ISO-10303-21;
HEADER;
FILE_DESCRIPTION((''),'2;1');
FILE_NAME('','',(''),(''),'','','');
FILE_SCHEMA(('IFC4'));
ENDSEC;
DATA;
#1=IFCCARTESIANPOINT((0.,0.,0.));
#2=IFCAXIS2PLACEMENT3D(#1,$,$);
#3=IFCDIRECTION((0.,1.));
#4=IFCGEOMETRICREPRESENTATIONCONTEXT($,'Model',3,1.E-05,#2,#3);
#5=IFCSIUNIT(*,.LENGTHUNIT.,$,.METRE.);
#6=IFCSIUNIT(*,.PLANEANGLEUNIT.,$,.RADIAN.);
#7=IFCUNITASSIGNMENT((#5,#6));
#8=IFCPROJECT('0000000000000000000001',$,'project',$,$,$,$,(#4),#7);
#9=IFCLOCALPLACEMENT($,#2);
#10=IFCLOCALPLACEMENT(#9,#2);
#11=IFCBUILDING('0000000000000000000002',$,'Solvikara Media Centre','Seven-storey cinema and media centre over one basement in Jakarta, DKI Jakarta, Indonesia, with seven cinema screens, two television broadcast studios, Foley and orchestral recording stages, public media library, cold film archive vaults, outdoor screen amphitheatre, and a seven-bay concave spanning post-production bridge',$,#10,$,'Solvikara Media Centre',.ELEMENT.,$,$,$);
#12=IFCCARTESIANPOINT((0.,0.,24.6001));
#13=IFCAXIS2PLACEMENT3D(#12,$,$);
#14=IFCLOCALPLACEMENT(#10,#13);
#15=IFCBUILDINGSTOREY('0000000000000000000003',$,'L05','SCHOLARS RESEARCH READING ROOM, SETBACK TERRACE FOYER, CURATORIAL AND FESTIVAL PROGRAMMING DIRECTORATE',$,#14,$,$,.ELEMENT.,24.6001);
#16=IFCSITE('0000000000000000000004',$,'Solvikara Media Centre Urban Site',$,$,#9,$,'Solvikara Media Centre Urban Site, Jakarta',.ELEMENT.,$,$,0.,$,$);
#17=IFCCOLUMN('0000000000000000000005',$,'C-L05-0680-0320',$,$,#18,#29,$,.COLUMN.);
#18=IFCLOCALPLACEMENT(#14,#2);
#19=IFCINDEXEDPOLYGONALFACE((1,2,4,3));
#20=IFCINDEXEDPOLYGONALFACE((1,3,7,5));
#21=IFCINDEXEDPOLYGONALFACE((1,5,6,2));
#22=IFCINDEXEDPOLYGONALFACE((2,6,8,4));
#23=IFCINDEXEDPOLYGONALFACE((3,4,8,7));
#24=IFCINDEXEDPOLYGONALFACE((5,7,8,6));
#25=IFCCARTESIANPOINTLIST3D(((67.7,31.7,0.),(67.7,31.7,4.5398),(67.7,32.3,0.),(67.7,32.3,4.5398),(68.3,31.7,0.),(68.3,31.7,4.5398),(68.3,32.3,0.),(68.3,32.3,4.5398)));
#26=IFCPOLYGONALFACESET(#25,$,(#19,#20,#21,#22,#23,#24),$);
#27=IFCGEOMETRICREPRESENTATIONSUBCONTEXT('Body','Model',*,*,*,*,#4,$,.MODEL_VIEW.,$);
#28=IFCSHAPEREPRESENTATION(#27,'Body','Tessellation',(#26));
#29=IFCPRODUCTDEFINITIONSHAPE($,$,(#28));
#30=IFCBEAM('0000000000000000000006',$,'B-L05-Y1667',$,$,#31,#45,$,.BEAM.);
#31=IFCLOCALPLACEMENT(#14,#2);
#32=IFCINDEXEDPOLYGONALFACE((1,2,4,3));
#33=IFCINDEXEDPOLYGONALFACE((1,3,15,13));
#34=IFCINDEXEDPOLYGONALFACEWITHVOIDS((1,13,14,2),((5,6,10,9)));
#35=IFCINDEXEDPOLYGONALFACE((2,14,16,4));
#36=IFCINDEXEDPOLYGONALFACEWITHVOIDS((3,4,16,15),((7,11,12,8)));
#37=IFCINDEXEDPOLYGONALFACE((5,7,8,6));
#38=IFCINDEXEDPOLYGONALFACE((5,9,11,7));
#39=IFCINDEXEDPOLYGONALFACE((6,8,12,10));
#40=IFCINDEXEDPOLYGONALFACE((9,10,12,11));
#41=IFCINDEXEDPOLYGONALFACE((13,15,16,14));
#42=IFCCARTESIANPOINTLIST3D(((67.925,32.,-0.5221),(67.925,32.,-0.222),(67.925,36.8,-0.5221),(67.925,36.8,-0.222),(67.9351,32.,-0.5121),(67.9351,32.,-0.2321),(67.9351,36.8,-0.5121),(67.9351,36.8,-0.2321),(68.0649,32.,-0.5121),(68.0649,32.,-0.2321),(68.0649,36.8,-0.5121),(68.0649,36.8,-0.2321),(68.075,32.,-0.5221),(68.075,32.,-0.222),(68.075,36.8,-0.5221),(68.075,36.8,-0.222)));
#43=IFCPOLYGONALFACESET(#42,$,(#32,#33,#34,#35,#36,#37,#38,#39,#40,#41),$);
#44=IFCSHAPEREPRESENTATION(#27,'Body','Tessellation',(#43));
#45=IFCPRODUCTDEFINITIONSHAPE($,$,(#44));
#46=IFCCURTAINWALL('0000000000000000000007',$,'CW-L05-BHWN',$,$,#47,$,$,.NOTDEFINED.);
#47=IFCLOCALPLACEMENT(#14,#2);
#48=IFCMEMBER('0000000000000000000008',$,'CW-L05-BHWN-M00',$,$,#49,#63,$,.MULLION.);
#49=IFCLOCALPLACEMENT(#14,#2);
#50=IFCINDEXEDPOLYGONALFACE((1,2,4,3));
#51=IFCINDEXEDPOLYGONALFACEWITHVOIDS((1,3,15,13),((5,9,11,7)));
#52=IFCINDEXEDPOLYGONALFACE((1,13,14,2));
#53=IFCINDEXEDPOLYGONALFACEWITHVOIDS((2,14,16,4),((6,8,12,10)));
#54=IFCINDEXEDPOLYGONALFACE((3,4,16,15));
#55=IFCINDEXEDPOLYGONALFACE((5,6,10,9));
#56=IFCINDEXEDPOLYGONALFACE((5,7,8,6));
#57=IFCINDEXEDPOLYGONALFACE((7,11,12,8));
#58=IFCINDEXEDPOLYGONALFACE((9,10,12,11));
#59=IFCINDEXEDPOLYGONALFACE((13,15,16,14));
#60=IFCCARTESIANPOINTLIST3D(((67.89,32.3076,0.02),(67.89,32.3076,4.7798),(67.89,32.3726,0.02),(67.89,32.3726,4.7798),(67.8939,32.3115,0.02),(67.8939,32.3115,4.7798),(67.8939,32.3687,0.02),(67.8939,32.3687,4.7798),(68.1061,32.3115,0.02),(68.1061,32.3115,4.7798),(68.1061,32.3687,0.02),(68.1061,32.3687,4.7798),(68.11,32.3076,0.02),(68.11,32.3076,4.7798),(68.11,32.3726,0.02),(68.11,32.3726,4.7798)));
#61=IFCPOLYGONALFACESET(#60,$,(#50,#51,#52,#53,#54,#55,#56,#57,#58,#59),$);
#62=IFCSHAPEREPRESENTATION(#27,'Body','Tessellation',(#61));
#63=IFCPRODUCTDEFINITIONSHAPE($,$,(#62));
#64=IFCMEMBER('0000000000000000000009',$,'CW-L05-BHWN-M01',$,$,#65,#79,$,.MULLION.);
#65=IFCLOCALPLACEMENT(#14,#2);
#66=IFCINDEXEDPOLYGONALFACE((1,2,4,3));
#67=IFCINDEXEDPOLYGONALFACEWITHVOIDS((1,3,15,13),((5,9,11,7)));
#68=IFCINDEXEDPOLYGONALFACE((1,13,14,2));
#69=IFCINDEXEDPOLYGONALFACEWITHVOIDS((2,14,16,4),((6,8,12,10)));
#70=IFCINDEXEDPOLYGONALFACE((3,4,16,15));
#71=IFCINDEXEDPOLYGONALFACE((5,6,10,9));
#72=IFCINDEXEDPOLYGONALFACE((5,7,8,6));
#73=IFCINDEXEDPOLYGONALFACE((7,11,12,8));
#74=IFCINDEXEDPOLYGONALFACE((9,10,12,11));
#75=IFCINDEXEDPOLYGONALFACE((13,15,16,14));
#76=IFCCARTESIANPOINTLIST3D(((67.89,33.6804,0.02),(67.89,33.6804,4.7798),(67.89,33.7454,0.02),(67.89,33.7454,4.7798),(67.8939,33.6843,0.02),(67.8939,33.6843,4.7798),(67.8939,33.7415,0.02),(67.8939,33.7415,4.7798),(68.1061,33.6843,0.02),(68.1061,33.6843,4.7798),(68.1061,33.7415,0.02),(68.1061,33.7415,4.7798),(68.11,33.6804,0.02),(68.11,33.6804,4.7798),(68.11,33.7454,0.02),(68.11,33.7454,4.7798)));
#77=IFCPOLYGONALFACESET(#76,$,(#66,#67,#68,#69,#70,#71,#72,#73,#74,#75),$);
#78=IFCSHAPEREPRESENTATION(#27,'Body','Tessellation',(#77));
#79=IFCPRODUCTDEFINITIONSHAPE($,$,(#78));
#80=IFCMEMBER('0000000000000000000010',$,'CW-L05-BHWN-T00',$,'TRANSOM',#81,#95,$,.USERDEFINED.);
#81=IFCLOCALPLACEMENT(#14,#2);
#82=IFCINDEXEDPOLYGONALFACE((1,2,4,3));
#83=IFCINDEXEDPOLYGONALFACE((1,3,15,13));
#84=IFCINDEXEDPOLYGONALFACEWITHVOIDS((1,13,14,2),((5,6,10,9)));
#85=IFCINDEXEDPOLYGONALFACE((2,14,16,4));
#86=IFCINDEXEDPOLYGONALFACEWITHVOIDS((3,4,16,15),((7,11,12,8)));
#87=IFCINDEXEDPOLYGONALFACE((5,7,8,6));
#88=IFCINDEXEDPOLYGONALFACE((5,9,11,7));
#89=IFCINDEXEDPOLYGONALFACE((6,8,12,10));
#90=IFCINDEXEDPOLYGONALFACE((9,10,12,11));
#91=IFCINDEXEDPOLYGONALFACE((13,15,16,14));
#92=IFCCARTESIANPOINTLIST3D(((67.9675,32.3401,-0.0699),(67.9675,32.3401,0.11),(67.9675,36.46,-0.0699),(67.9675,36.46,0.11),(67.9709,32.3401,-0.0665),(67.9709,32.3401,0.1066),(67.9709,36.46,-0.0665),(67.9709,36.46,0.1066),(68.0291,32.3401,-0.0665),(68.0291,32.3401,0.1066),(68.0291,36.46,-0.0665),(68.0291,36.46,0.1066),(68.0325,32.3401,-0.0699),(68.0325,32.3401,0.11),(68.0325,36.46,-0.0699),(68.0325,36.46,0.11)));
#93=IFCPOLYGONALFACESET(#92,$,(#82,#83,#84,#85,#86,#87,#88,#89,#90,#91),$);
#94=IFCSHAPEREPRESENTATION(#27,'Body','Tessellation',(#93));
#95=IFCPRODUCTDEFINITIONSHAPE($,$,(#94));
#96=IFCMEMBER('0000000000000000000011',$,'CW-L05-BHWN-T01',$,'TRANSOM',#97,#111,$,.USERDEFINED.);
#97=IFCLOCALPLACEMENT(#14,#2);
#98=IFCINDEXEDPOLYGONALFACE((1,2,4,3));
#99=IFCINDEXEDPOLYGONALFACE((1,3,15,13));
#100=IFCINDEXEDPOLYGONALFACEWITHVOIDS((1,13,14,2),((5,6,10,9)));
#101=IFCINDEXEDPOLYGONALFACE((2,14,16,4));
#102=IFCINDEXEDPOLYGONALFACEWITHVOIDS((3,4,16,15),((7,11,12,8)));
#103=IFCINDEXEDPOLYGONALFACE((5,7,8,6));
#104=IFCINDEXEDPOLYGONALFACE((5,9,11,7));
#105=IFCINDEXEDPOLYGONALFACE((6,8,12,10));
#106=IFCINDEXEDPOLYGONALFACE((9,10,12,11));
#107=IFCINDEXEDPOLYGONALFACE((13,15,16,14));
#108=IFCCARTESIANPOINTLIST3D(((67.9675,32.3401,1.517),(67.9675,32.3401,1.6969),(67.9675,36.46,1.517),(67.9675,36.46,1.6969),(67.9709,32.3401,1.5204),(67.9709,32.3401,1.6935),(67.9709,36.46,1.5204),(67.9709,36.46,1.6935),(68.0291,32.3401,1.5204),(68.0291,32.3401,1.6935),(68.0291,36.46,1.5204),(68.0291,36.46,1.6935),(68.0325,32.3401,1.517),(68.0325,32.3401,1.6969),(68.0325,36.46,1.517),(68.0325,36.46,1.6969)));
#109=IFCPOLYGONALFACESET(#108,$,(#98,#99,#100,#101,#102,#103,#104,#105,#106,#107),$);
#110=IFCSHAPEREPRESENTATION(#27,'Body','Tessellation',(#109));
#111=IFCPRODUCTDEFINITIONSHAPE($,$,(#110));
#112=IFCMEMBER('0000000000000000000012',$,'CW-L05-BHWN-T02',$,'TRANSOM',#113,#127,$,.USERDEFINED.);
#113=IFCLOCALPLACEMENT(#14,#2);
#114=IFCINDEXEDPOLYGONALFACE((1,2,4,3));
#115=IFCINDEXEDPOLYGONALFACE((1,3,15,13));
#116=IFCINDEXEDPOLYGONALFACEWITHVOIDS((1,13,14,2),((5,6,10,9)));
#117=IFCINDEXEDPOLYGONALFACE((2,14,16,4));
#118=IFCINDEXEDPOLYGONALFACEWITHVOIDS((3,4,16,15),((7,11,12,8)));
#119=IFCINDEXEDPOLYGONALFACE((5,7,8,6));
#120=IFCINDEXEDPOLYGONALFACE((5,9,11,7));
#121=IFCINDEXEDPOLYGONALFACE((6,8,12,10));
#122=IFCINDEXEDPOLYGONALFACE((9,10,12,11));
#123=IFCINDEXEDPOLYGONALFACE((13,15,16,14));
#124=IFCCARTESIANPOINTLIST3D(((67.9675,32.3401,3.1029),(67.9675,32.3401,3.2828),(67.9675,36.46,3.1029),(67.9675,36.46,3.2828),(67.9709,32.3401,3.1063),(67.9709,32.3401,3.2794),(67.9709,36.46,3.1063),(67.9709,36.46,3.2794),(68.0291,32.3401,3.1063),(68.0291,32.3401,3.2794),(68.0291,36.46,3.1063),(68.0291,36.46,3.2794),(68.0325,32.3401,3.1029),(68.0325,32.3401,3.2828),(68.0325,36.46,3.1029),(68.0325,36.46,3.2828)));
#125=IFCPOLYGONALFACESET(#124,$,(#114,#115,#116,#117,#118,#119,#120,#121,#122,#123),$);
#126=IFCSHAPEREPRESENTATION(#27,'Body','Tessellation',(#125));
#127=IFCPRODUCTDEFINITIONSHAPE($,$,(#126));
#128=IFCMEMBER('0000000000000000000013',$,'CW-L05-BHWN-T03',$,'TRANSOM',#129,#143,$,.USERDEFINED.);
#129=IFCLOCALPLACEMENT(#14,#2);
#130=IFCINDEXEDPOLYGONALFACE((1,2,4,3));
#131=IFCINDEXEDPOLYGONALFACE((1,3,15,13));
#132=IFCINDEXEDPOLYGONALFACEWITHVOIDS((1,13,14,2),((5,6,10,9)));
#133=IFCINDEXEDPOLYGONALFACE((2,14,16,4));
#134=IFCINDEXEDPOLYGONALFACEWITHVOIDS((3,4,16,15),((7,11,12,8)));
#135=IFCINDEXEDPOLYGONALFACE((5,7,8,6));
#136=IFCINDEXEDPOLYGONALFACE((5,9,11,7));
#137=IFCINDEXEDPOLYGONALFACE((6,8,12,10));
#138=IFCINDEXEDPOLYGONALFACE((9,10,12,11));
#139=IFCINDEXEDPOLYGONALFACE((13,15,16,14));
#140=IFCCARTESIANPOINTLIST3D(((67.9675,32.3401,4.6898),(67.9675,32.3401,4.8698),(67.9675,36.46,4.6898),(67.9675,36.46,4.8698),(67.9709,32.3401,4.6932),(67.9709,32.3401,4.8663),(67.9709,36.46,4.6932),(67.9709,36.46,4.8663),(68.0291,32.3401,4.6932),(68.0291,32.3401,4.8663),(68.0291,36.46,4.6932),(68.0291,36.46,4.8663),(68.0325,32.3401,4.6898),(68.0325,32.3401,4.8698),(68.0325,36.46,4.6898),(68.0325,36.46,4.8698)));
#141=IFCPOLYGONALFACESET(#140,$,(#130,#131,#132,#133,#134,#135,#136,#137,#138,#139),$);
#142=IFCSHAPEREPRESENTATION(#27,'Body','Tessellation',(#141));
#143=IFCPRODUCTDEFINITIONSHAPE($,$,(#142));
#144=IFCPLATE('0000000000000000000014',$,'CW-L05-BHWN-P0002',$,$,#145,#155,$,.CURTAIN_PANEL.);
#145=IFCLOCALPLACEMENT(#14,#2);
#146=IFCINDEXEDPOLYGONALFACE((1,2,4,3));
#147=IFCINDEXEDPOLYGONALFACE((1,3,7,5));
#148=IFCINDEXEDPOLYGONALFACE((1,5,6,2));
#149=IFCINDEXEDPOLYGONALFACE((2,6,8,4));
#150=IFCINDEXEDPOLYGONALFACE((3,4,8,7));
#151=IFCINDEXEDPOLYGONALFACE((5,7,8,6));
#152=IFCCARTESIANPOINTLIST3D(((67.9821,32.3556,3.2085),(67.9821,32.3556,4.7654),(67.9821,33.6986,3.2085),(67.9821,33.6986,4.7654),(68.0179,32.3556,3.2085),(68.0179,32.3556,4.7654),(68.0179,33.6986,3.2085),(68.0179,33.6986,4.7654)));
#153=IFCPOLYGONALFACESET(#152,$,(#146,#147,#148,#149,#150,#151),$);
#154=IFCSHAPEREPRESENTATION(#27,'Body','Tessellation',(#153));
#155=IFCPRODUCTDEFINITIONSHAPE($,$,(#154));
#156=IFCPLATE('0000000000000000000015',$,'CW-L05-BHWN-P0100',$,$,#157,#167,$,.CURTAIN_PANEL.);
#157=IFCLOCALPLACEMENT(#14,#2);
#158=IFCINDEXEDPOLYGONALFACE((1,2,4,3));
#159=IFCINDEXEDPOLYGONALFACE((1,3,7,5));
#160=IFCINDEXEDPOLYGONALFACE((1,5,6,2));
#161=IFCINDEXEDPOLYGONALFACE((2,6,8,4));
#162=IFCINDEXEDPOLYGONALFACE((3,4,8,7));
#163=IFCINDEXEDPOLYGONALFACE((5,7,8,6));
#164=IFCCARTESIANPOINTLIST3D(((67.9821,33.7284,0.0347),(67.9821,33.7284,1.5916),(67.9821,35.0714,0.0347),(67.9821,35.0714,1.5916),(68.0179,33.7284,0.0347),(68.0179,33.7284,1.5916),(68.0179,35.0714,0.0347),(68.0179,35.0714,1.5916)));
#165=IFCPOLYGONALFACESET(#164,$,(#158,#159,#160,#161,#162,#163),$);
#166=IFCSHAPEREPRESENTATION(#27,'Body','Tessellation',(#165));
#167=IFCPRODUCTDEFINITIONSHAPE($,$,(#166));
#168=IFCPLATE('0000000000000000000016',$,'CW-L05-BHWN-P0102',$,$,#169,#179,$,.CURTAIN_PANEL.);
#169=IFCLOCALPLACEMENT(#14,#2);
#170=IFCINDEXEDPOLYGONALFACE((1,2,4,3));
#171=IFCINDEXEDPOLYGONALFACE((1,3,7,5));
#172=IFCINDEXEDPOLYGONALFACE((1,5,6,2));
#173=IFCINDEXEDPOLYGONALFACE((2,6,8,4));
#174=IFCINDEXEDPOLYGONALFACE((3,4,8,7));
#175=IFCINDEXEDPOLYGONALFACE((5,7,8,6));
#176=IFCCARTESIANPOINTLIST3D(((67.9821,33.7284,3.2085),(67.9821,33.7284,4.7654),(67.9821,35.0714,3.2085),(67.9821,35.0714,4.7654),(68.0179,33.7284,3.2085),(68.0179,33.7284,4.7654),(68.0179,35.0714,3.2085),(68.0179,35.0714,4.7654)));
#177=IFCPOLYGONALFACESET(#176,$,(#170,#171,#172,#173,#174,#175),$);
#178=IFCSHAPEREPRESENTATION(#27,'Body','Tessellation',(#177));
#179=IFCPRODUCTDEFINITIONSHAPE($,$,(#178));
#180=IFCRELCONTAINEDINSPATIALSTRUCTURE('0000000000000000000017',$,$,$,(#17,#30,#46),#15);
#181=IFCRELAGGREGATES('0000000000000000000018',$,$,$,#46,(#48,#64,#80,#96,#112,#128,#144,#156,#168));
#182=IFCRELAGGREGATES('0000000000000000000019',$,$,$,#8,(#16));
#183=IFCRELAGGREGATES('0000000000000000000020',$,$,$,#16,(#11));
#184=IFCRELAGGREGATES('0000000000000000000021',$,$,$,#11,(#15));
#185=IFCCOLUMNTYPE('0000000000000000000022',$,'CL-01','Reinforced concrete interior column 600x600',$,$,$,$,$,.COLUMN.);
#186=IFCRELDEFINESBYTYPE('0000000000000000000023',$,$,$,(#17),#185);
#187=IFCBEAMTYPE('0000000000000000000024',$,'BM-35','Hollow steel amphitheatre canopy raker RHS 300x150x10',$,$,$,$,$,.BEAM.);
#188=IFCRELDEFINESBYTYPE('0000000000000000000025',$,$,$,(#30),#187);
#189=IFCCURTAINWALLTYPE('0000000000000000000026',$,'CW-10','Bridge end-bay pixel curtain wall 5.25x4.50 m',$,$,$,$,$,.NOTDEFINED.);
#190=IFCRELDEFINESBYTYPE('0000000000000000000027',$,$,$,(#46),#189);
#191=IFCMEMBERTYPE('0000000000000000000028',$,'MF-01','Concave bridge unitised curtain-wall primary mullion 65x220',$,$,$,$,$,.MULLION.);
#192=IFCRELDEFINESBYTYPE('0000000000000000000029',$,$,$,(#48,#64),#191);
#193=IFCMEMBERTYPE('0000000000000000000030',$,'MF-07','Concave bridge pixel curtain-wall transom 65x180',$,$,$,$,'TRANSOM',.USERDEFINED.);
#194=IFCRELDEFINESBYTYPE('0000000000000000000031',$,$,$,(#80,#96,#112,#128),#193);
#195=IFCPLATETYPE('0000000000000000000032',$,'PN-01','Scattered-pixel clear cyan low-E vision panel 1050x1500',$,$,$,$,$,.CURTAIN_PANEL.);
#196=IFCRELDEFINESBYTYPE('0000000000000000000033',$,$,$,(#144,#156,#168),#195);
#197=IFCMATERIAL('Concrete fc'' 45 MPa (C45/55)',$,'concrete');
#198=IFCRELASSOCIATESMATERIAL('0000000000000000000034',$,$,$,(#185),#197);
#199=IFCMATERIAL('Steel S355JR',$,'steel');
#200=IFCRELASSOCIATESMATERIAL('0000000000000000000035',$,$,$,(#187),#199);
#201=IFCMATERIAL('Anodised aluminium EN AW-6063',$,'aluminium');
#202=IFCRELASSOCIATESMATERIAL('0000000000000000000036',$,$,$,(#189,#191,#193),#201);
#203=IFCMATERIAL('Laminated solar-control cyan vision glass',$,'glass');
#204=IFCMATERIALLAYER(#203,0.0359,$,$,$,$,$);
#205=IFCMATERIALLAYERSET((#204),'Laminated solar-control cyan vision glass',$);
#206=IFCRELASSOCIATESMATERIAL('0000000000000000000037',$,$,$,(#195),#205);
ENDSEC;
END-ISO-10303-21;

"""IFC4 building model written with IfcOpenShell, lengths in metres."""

from ifc_helpers import new_model, si_unit, direction, frame, origin, origin_2d, place, context, subcontext, project, spatial, rectangle, hollow_rectangle, extrude, material, layer, layer_set, material_profile, profile_set, type_object, element, aggregate, save


model = new_model("IFC4")

# Units and contexts
model_context = context("Model", 3, precision=1e-05, world=origin(), true_north=direction((0.0, 1.0)))
body_context = subcontext(model_context, "Body", "Model", "MODEL_VIEW")
ifc_project = project(units=[si_unit("LENGTHUNIT", "METRE"), si_unit("PLANEANGLEUNIT", "RADIAN")], contexts=[model_context])

# Site, building, storey
site_placement = place(None, origin())
site = spatial("IfcSite", under=ifc_project, at=site_placement, Name="Solvikara Media Centre Urban Site", LongName="Solvikara Media Centre Urban Site, Jakarta", CompositionType="ELEMENT", RefElevation=0.0)
building_placement = place(site_placement, origin())
building = spatial("IfcBuilding", under=site, at=building_placement, Name="Solvikara Media Centre", Description="Seven-storey cinema and media centre over one basement in Jakarta, DKI Jakarta, Indonesia, with seven cinema screens, two television broadcast studios, Foley and orchestral recording stages, public media library, cold film archive vaults, outdoor screen amphitheatre, and a seven-bay concave spanning post-production bridge", LongName="Solvikara Media Centre", CompositionType="ELEMENT")
storey_placement = place(building_placement, frame((0.0, 0.0, 24.6001)))
storey = spatial("IfcBuildingStorey", under=building, at=storey_placement, Name="L05", Description="SCHOLARS RESEARCH READING ROOM, SETBACK TERRACE FOYER, CURATORIAL AND FESTIVAL PROGRAMMING DIRECTORATE", CompositionType="ELEMENT", Elevation=24.6001)

# Column
ifc_material_1 = material(Name="Concrete fc' 45 MPa (C45/55)", Category="concrete")
ifc_material_profile_1 = material_profile(ifc_material_1, rectangle(XDim=0.6001, YDim=0.6001, at=origin_2d()), Name="RC 600x600")
ifc_profile_set_1 = profile_set([ifc_material_profile_1], Name="Concrete fc' 45 MPa (C45/55)")
column_type = type_object("IfcColumnType", Name="CL-01", Description="Reinforced concrete interior column 600x600", PredefinedType="COLUMN", material=ifc_profile_set_1)
column_placement = place(storey_placement, frame((68.0, 32.0, 0.0), z_axis=(0.0, 0.0, 1.0), x_axis=(1.0, 0.0, 0.0)))
element("IfcColumn", 1, at=column_placement, inside=storey, type_object=column_type, Name="C-L05-0680-0320", PredefinedType="COLUMN", context=body_context, shape_type="SweptSolid", body=[
    extrude(rectangle(XDim=0.6001, YDim=0.6001, at=origin_2d()), origin(), (0.0, 0.0, 1.0), 4.5398),
])

# Beam
ifc_material_2 = material(Name="Steel S355JR", Category="steel")
ifc_material_profile_2 = material_profile(ifc_material_2, hollow_rectangle(XDim=0.1499, YDim=0.3, WallThickness=0.01, at=origin_2d()), Name="RHS 300x150x10")
ifc_profile_set_2 = profile_set([ifc_material_profile_2], Name="Steel S355JR")
beam_type = type_object("IfcBeamType", Name="BM-35", Description="Hollow steel amphitheatre canopy raker RHS 300x150x10", PredefinedType="BEAM", material=ifc_profile_set_2)
beam_placement = place(storey_placement, frame((68.0, 32.0, -0.3721), z_axis=(0.0, 1.0, 0.0), x_axis=(-1.0, 0.0, 0.0)))
element("IfcBeam", 2, at=beam_placement, inside=storey, type_object=beam_type, Name="B-L05-Y1667", PredefinedType="BEAM", context=body_context, shape_type="SweptSolid", body=[
    extrude(hollow_rectangle(XDim=0.1499, YDim=0.3, WallThickness=0.01, at=origin_2d()), origin(), (0.0, 0.0, 1.0), 4.8),
])

# Curtain wall, members, plates
ifc_material_3 = material(Name="Anodised aluminium EN AW-6063", Category="aluminium")
curtain_wall_type = type_object("IfcCurtainWallType", Name="CW-10", Description="Bridge end-bay pixel curtain wall 5.25x4.50 m", PredefinedType="NOTDEFINED", material=ifc_material_3)
curtain_wall_placement = place(storey_placement, origin())
curtain_wall = element("IfcCurtainWall", 3, at=curtain_wall_placement, inside=storey, type_object=curtain_wall_type, Name="CW-L05-BHWN", PredefinedType="NOTDEFINED")
ifc_material_profile_3 = material_profile(ifc_material_3, hollow_rectangle(XDim=0.0649, YDim=0.22, WallThickness=0.0039, at=origin_2d()), Name="ALU-M 65x220x4")
ifc_profile_set_3 = profile_set([ifc_material_profile_3], Name="Anodised aluminium EN AW-6063")
member_type_1 = type_object("IfcMemberType", Name="MF-01", Description="Concave bridge unitised curtain-wall primary mullion 65x220", PredefinedType="MULLION", material=ifc_profile_set_3)
member_1_placement = place(storey_placement, frame((68.0, 32.3401, 0.02), z_axis=(0.0, 0.0, 1.0), x_axis=(0.0, 1.0, 0.0)))
member_1 = element("IfcMember", 4, at=member_1_placement, type_object=member_type_1, Name="CW-L05-BHWN-M00", PredefinedType="MULLION", context=body_context, shape_type="SweptSolid", body=[
    extrude(hollow_rectangle(XDim=0.0649, YDim=0.22, WallThickness=0.0039, at=origin_2d()), origin(), (0.0, 0.0, 1.0), 4.7598),
])
member_2_placement = place(storey_placement, frame((68.0, 33.7129, 0.02), z_axis=(0.0, 0.0, 1.0), x_axis=(0.0, 1.0, 0.0)))
member_2 = element("IfcMember", 5, at=member_2_placement, type_object=member_type_1, Name="CW-L05-BHWN-M01", PredefinedType="MULLION", context=body_context, shape_type="SweptSolid", body=[
    extrude(hollow_rectangle(XDim=0.0649, YDim=0.22, WallThickness=0.0039, at=origin_2d()), origin(), (0.0, 0.0, 1.0), 4.7598),
])
ifc_material_profile_4 = material_profile(ifc_material_3, hollow_rectangle(XDim=0.0649, YDim=0.1799, WallThickness=0.0034, at=origin_2d()), Name="ALU-T 65x180x3.5")
ifc_profile_set_4 = profile_set([ifc_material_profile_4], Name="Anodised aluminium EN AW-6063")
member_type_2 = type_object("IfcMemberType", Name="MF-07", Description="Concave bridge pixel curtain-wall transom 65x180", ElementType="TRANSOM", PredefinedType="USERDEFINED", material=ifc_profile_set_4)
member_3_placement = place(storey_placement, frame((68.0, 32.3401, 0.02), z_axis=(0.0, 1.0, 0.0), x_axis=(-1.0, 0.0, 0.0)))
member_3 = element("IfcMember", 6, at=member_3_placement, type_object=member_type_2, Name="CW-L05-BHWN-T00", ObjectType="TRANSOM", PredefinedType="USERDEFINED", context=body_context, shape_type="SweptSolid", body=[
    extrude(hollow_rectangle(XDim=0.0649, YDim=0.1799, WallThickness=0.0034, at=origin_2d()), origin(), (0.0, 0.0, 1.0), 4.1199),
])
member_4_placement = place(storey_placement, frame((68.0, 32.3401, 1.6069), z_axis=(0.0, 1.0, 0.0), x_axis=(-1.0, 0.0, 0.0)))
member_4 = element("IfcMember", 7, at=member_4_placement, type_object=member_type_2, Name="CW-L05-BHWN-T01", ObjectType="TRANSOM", PredefinedType="USERDEFINED", context=body_context, shape_type="SweptSolid", body=[
    extrude(hollow_rectangle(XDim=0.0649, YDim=0.1799, WallThickness=0.0034, at=origin_2d()), origin(), (0.0, 0.0, 1.0), 4.1199),
])
member_5_placement = place(storey_placement, frame((68.0, 32.3401, 3.1929), z_axis=(0.0, 1.0, 0.0), x_axis=(-1.0, 0.0, 0.0)))
member_5 = element("IfcMember", 8, at=member_5_placement, type_object=member_type_2, Name="CW-L05-BHWN-T02", ObjectType="TRANSOM", PredefinedType="USERDEFINED", context=body_context, shape_type="SweptSolid", body=[
    extrude(hollow_rectangle(XDim=0.0649, YDim=0.1799, WallThickness=0.0034, at=origin_2d()), origin(), (0.0, 0.0, 1.0), 4.1199),
])
member_6_placement = place(storey_placement, frame((68.0, 32.3401, 4.7798), z_axis=(0.0, 1.0, 0.0), x_axis=(-1.0, 0.0, 0.0)))
member_6 = element("IfcMember", 9, at=member_6_placement, type_object=member_type_2, Name="CW-L05-BHWN-T03", ObjectType="TRANSOM", PredefinedType="USERDEFINED", context=body_context, shape_type="SweptSolid", body=[
    extrude(hollow_rectangle(XDim=0.0649, YDim=0.1799, WallThickness=0.0034, at=origin_2d()), origin(), (0.0, 0.0, 1.0), 4.1199),
])
ifc_material_4 = material(Name="Laminated solar-control cyan vision glass", Category="glass")
ifc_layer_1 = layer(ifc_material_4, 0.0359)
ifc_layer_set_1 = layer_set([ifc_layer_1], Name="Laminated solar-control cyan vision glass")
plate_type_1 = type_object("IfcPlateType", Name="PN-01", Description="Scattered-pixel clear cyan low-E vision panel 1050x1500", PredefinedType="CURTAIN_PANEL", material=ifc_layer_set_1)
plate_1_placement = place(storey_placement, frame((68.0, 33.0271, 3.2085), z_axis=(0.0, 0.0, 1.0), x_axis=(0.0, 1.0, 0.0)))
plate_1 = element("IfcPlate", 10, at=plate_1_placement, type_object=plate_type_1, Name="CW-L05-BHWN-P0002", PredefinedType="CURTAIN_PANEL", context=body_context, shape_type="SweptSolid", body=[
    extrude(rectangle(XDim=1.343, YDim=0.0359, at=origin_2d()), origin(), (0.0, 0.0, 1.0), 1.5569),
])
plate_2_placement = place(storey_placement, frame((68.0, 34.3999, 0.0347), z_axis=(0.0, 0.0, 1.0), x_axis=(0.0, 1.0, 0.0)))
plate_2 = element("IfcPlate", 11, at=plate_2_placement, type_object=plate_type_1, Name="CW-L05-BHWN-P0100", PredefinedType="CURTAIN_PANEL", context=body_context, shape_type="SweptSolid", body=[
    extrude(rectangle(XDim=1.343, YDim=0.0359, at=origin_2d()), origin(), (0.0, 0.0, 1.0), 1.5569),
])
plate_3_placement = place(storey_placement, frame((68.0, 34.3999, 3.2085), z_axis=(0.0, 0.0, 1.0), x_axis=(0.0, 1.0, 0.0)))
plate_3 = element("IfcPlate", 12, at=plate_3_placement, type_object=plate_type_1, Name="CW-L05-BHWN-P0102", PredefinedType="CURTAIN_PANEL", context=body_context, shape_type="SweptSolid", body=[
    extrude(rectangle(XDim=1.343, YDim=0.0359, at=origin_2d()), origin(), (0.0, 0.0, 1.0), 1.5569),
])
aggregate(curtain_wall, [member_1, member_2, member_3, member_4, member_5, member_6, plate_1, plate_2, plate_3])

save(model, "model.ifc")
